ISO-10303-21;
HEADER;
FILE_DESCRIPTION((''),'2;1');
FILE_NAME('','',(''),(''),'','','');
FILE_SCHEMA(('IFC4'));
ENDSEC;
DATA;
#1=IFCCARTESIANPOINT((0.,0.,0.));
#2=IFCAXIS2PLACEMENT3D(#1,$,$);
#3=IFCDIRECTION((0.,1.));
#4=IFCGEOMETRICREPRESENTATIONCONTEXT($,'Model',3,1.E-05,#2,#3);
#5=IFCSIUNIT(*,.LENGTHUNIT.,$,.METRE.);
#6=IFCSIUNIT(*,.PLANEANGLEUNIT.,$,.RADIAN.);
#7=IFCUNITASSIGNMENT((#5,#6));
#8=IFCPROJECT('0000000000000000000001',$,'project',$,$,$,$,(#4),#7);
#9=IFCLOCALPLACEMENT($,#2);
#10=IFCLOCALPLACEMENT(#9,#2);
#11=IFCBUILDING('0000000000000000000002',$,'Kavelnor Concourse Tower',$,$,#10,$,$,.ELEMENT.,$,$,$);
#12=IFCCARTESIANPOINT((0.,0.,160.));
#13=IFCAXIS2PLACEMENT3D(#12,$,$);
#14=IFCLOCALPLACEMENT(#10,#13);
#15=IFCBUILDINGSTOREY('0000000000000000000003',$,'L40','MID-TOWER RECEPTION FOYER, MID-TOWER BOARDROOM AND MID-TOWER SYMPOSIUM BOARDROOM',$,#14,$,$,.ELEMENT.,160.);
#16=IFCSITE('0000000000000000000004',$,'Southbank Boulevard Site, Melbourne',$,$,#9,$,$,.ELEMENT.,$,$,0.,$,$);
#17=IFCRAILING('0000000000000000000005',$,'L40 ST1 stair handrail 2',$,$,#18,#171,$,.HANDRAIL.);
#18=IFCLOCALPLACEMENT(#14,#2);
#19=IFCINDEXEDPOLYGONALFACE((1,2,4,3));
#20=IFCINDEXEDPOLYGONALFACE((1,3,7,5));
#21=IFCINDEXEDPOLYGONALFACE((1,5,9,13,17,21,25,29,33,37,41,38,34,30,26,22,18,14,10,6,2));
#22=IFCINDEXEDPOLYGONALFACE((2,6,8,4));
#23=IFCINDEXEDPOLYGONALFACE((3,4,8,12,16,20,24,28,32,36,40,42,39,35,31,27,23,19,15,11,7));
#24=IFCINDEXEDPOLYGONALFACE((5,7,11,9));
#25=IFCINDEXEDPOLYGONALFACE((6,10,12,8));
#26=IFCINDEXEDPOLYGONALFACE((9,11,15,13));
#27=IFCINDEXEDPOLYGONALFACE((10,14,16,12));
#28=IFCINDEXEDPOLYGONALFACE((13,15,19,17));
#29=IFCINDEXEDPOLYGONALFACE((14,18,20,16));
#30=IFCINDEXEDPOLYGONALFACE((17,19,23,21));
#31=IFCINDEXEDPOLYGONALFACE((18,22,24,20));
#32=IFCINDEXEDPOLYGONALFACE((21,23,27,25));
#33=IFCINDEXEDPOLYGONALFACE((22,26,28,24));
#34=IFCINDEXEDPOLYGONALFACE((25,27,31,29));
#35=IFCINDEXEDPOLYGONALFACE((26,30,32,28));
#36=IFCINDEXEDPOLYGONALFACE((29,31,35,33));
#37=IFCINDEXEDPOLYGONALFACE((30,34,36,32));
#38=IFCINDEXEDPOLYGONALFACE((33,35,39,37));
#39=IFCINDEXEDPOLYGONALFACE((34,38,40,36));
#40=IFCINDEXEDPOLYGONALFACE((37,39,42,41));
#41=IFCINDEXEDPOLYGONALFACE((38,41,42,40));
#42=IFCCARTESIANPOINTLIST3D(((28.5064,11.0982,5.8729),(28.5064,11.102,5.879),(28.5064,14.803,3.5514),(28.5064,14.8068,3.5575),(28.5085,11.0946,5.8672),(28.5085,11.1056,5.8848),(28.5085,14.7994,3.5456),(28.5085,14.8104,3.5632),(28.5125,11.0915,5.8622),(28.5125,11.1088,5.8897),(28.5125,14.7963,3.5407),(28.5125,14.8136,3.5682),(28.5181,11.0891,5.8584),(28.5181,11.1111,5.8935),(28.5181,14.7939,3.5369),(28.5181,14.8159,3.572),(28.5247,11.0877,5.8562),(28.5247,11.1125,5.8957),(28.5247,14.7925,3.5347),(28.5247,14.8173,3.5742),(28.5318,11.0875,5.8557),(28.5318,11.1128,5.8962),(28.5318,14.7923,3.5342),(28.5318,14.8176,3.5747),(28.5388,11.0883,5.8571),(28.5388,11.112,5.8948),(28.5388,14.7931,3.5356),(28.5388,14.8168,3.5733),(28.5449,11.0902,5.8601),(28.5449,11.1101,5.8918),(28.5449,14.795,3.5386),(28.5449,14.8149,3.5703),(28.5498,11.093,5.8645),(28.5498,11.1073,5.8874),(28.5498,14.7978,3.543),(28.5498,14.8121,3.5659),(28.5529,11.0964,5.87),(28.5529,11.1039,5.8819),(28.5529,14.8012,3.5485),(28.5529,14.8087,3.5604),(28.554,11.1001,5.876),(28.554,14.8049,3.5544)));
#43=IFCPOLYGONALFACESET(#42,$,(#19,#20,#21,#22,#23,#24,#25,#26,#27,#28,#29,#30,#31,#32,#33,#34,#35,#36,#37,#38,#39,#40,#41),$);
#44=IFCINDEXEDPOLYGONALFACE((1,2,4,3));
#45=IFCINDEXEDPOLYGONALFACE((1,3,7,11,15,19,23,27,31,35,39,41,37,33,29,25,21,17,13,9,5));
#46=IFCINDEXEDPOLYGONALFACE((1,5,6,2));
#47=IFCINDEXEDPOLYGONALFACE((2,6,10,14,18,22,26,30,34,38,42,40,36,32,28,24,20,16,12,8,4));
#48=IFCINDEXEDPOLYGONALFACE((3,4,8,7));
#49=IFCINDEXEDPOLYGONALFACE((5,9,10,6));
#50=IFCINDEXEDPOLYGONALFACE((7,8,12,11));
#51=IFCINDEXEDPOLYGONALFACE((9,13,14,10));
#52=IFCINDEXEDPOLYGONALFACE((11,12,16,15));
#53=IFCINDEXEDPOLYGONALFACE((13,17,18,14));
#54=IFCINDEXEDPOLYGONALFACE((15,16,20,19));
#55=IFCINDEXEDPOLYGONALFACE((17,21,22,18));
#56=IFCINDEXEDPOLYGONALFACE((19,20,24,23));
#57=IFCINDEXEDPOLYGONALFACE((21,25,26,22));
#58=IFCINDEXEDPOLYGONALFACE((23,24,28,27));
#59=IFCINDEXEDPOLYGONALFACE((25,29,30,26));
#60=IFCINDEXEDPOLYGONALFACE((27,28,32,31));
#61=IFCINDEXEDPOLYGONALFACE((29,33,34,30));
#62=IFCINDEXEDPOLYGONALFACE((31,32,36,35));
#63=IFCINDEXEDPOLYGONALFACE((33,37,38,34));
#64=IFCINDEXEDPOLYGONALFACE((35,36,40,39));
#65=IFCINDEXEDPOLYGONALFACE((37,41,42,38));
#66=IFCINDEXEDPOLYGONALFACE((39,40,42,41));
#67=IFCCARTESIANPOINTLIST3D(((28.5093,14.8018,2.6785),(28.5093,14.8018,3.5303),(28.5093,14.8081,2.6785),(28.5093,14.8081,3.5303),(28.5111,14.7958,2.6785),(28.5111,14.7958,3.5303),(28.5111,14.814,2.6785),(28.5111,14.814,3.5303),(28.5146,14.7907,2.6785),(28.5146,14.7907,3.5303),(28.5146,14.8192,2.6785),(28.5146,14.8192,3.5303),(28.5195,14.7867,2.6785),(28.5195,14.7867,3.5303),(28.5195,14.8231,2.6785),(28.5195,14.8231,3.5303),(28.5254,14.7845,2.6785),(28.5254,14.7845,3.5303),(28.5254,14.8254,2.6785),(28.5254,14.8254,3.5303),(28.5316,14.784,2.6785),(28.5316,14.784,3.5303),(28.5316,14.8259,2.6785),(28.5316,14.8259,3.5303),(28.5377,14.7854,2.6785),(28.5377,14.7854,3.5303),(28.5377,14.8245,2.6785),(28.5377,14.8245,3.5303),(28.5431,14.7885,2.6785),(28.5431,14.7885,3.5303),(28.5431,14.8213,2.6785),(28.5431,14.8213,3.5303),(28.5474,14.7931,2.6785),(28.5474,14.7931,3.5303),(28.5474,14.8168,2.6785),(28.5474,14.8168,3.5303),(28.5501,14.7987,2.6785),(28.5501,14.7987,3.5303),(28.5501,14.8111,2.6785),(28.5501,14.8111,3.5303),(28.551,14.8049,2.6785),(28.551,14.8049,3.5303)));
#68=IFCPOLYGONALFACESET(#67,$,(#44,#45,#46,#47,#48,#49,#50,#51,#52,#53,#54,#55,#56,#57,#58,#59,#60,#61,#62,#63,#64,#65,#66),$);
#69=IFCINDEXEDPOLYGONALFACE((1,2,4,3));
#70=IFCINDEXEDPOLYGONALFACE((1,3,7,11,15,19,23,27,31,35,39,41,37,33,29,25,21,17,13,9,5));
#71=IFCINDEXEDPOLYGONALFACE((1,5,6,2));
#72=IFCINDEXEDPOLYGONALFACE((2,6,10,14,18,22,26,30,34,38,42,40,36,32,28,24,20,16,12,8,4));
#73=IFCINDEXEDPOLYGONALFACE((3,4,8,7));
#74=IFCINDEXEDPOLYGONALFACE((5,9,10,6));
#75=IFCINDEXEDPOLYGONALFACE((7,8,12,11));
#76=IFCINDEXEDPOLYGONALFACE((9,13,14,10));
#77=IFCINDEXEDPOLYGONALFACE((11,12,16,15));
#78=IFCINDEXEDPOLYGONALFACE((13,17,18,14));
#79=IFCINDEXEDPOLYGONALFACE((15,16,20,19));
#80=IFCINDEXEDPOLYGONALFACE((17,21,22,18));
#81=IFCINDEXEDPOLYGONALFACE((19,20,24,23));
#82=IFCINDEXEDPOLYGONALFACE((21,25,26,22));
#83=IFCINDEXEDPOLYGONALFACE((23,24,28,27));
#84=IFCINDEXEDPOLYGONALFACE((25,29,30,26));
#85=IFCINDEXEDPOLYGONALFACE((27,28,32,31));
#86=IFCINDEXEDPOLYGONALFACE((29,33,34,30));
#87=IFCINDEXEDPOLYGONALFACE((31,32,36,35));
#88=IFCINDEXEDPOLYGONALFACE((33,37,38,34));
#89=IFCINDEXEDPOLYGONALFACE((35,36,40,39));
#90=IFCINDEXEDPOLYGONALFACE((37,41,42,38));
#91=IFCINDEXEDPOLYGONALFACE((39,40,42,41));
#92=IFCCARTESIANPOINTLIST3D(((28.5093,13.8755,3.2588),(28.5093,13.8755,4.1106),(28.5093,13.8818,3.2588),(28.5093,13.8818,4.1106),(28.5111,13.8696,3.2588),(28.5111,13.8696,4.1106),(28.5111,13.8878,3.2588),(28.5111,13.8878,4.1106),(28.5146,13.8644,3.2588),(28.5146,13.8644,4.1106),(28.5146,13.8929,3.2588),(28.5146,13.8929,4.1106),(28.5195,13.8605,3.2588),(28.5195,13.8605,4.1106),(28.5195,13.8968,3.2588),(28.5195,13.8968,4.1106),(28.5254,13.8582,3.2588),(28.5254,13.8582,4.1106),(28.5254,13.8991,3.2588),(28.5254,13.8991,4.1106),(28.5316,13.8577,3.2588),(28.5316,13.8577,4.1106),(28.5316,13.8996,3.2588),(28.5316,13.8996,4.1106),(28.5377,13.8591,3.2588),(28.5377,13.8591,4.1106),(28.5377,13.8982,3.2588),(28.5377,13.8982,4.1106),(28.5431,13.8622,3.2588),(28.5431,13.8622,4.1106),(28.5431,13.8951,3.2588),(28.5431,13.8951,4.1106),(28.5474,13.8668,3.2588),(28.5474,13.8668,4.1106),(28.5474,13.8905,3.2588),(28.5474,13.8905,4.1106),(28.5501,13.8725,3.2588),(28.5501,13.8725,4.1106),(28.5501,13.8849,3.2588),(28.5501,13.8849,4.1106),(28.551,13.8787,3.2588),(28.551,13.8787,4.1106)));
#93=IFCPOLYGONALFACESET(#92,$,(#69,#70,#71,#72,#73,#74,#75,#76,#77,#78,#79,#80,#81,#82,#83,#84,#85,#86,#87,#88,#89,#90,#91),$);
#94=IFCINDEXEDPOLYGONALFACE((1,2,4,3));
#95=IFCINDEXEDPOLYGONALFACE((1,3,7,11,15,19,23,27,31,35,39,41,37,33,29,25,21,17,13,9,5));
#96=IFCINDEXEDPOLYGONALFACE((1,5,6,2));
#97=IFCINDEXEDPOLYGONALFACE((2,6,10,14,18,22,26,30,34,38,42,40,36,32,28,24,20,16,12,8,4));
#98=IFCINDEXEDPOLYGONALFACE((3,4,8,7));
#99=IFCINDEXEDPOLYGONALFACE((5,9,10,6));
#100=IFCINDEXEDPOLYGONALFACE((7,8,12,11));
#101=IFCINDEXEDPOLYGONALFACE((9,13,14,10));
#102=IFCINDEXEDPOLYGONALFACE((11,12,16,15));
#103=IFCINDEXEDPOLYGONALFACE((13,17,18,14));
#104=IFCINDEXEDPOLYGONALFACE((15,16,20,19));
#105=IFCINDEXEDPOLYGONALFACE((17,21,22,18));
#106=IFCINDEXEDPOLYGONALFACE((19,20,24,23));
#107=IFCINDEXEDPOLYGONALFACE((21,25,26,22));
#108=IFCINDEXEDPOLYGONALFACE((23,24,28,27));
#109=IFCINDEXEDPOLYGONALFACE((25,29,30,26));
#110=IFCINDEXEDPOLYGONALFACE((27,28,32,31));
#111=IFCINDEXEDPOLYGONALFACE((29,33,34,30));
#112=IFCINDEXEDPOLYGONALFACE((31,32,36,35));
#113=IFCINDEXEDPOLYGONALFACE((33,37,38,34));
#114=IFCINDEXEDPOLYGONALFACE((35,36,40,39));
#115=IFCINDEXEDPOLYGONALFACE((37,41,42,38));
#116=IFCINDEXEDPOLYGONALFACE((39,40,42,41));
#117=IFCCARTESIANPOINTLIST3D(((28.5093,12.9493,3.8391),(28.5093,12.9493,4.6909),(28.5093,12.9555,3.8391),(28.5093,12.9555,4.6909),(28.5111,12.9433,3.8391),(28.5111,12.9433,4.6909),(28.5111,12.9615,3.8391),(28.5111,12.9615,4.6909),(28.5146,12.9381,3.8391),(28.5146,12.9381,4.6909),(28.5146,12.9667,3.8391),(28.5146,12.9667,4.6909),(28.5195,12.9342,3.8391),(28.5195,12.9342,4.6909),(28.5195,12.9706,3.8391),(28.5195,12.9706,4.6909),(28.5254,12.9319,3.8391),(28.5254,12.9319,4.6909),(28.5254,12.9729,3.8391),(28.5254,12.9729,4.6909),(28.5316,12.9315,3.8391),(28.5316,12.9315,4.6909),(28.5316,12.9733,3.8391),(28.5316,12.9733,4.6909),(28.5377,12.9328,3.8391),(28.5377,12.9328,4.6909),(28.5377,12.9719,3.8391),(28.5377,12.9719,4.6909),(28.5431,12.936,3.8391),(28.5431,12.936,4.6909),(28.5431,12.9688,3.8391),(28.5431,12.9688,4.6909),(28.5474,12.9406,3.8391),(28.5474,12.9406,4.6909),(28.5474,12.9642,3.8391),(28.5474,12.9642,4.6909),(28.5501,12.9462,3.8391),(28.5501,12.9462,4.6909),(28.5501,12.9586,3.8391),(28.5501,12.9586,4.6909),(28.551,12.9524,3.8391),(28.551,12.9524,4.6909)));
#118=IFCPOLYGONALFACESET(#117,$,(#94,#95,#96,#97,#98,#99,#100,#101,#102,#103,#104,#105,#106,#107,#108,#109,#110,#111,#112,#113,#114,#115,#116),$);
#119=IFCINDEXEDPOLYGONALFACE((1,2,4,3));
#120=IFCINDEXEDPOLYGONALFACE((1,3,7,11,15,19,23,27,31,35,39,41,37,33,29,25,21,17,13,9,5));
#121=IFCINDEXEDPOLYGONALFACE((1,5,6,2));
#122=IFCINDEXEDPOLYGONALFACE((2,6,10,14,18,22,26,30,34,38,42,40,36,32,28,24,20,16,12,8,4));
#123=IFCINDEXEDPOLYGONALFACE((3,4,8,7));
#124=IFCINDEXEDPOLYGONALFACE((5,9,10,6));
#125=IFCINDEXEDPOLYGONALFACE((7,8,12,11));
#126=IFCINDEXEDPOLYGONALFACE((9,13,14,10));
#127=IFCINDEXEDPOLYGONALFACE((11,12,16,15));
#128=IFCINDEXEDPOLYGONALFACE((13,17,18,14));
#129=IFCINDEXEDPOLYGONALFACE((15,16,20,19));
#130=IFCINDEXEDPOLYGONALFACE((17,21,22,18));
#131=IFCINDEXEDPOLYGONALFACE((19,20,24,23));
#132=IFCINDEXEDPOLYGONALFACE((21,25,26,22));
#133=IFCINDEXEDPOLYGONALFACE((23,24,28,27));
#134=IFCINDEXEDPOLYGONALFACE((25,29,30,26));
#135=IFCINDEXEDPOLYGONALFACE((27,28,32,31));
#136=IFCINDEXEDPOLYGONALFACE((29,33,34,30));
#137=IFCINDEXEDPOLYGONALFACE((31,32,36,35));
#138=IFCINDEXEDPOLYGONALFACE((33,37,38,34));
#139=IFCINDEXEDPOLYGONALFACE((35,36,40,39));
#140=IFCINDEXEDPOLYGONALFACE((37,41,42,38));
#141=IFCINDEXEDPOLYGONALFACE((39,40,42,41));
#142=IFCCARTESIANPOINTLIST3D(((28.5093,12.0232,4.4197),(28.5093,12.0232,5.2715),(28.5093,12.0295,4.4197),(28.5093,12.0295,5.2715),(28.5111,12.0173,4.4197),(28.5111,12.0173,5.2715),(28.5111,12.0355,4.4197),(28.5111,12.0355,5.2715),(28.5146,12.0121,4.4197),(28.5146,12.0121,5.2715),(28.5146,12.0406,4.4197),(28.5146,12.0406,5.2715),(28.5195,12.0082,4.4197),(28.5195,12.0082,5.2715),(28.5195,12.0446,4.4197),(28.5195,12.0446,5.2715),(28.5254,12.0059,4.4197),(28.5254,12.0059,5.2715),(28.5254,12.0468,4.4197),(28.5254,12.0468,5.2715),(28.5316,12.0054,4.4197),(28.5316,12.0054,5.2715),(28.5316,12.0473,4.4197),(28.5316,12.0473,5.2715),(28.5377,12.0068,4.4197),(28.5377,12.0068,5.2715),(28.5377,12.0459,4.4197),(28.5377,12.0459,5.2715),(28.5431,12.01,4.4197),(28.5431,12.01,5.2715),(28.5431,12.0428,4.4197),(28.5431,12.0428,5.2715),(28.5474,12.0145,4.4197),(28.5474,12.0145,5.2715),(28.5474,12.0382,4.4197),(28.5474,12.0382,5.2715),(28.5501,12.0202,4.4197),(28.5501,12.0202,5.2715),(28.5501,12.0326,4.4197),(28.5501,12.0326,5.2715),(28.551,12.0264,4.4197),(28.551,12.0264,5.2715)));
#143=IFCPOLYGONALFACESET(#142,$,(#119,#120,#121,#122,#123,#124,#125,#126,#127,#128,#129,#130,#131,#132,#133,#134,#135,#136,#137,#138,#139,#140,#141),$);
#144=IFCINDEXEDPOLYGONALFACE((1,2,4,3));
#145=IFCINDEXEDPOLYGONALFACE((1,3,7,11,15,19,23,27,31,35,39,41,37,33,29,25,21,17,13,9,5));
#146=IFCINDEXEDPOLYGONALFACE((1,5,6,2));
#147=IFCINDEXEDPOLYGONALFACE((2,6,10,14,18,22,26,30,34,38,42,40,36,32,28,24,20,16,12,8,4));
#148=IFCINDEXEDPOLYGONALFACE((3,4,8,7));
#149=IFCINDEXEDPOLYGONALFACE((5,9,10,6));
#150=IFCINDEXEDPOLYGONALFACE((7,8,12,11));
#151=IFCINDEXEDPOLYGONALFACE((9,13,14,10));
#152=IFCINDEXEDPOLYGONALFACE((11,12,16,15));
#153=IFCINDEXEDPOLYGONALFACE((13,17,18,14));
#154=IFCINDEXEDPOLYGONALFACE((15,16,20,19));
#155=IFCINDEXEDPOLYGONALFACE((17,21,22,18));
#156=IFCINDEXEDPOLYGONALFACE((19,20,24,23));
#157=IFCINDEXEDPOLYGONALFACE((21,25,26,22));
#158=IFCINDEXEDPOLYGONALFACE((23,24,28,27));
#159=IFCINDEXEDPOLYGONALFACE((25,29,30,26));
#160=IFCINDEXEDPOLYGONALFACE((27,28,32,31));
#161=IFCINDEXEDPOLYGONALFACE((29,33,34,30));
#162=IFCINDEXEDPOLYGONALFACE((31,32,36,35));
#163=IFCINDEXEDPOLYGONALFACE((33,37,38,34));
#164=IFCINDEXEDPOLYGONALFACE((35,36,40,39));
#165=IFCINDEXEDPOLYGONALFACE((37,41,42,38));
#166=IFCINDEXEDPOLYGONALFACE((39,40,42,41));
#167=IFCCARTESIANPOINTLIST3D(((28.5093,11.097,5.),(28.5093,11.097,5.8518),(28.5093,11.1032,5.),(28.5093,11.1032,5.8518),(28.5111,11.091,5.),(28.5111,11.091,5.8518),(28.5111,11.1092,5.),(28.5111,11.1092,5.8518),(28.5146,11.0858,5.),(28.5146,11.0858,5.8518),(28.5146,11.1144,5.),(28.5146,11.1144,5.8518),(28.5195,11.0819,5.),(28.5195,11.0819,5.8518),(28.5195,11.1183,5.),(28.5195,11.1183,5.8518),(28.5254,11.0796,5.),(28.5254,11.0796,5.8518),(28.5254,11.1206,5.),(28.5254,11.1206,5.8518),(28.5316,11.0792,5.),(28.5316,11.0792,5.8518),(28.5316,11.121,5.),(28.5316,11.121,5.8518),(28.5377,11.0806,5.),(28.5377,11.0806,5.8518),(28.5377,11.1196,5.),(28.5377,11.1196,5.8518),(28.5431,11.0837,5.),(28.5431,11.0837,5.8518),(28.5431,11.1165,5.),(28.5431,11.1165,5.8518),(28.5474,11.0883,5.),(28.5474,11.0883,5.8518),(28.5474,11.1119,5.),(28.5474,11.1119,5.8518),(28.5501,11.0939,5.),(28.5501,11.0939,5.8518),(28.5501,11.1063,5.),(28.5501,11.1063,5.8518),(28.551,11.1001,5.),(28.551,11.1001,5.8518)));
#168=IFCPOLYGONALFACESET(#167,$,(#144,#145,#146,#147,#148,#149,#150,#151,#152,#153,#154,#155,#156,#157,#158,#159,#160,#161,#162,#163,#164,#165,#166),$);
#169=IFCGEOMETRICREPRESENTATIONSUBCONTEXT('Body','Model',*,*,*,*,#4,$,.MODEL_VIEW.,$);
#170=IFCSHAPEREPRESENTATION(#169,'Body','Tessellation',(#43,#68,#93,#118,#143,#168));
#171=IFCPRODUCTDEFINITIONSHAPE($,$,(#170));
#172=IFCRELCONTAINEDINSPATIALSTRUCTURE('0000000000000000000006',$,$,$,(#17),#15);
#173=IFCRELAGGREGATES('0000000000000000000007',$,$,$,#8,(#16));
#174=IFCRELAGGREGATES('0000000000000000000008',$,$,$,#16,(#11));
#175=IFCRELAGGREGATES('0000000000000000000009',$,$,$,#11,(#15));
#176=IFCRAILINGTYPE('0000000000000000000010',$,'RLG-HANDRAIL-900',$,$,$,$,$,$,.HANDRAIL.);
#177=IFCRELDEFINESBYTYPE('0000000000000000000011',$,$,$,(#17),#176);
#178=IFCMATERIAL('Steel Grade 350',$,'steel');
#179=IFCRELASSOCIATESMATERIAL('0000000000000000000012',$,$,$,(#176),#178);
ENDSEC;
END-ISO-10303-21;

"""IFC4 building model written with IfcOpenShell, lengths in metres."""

from ifc_helpers import new_model, si_unit, direction, frame, origin, origin_2d, place, context, subcontext, project, spatial, circle, extrude, material, type_object, element, save


model = new_model("IFC4")

# Units and contexts
model_context = context("Model", 3, precision=1e-05, world=origin(), true_north=direction((0.0, 1.0)))
body_context = subcontext(model_context, "Body", "Model", "MODEL_VIEW")
ifc_project = project(units=[si_unit("LENGTHUNIT", "METRE"), si_unit("PLANEANGLEUNIT", "RADIAN")], contexts=[model_context])

# Site, building, storey
site_placement = place(None, origin())
site = spatial("IfcSite", under=ifc_project, at=site_placement, Name="Southbank Boulevard Site, Melbourne", CompositionType="ELEMENT", RefElevation=0.0)
building_placement = place(site_placement, origin())
building = spatial("IfcBuilding", under=site, at=building_placement, Name="Kavelnor Concourse Tower", CompositionType="ELEMENT")
storey_placement = place(building_placement, frame((0.0, 0.0, 160.0)))
storey = spatial("IfcBuildingStorey", under=building, at=storey_placement, Name="L40", Description="MID-TOWER RECEPTION FOYER, MID-TOWER BOARDROOM AND MID-TOWER SYMPOSIUM BOARDROOM", CompositionType="ELEMENT", Elevation=160.0)

# Shared definitions
ifc_material_1 = material(Name="Steel Grade 350", Category="steel")

# Railing
railing_type_1 = type_object("IfcRailingType", Name="RLG-HANDRAIL-900", PredefinedType="HANDRAIL", material=ifc_material_1)
railing_1_placement = place(storey_placement, frame((28.53, 14.8049, 2.6785)))
element("IfcRailing", 1, at=railing_1_placement, inside=storey, type_object=railing_type_1, Name="L40 ST1 stair handrail 2", PredefinedType="HANDRAIL", context=body_context, shape_type="SweptSolid", body=[
    extrude(circle(Radius=0.0239, at=origin_2d()), frame((0.0, 0.0, 0.876), z_axis=(0.0, -0.84738, 0.530987), x_axis=(1.0, 0.0, 0.0)), (0.0, 0.0, 1.0), 4.3721),
    extrude(circle(Radius=0.021, at=origin_2d()), origin(), (0.0, 0.0, 1.0), 0.8518),
    extrude(circle(Radius=0.021, at=origin_2d()), frame((0.0, -0.9263, 0.5803)), (0.0, 0.0, 1.0), 0.8518),
    extrude(circle(Radius=0.021, at=origin_2d()), frame((0.0, -1.8525, 1.1606)), (0.0, 0.0, 1.0), 0.8518),
    extrude(circle(Radius=0.021, at=origin_2d()), frame((0.0, -2.7786, 1.7412)), (0.0, 0.0, 1.0), 0.8518),
    extrude(circle(Radius=0.021, at=origin_2d()), frame((0.0, -3.7048, 2.3215)), (0.0, 0.0, 1.0), 0.8518),
])

save(model, "model.ifc")
